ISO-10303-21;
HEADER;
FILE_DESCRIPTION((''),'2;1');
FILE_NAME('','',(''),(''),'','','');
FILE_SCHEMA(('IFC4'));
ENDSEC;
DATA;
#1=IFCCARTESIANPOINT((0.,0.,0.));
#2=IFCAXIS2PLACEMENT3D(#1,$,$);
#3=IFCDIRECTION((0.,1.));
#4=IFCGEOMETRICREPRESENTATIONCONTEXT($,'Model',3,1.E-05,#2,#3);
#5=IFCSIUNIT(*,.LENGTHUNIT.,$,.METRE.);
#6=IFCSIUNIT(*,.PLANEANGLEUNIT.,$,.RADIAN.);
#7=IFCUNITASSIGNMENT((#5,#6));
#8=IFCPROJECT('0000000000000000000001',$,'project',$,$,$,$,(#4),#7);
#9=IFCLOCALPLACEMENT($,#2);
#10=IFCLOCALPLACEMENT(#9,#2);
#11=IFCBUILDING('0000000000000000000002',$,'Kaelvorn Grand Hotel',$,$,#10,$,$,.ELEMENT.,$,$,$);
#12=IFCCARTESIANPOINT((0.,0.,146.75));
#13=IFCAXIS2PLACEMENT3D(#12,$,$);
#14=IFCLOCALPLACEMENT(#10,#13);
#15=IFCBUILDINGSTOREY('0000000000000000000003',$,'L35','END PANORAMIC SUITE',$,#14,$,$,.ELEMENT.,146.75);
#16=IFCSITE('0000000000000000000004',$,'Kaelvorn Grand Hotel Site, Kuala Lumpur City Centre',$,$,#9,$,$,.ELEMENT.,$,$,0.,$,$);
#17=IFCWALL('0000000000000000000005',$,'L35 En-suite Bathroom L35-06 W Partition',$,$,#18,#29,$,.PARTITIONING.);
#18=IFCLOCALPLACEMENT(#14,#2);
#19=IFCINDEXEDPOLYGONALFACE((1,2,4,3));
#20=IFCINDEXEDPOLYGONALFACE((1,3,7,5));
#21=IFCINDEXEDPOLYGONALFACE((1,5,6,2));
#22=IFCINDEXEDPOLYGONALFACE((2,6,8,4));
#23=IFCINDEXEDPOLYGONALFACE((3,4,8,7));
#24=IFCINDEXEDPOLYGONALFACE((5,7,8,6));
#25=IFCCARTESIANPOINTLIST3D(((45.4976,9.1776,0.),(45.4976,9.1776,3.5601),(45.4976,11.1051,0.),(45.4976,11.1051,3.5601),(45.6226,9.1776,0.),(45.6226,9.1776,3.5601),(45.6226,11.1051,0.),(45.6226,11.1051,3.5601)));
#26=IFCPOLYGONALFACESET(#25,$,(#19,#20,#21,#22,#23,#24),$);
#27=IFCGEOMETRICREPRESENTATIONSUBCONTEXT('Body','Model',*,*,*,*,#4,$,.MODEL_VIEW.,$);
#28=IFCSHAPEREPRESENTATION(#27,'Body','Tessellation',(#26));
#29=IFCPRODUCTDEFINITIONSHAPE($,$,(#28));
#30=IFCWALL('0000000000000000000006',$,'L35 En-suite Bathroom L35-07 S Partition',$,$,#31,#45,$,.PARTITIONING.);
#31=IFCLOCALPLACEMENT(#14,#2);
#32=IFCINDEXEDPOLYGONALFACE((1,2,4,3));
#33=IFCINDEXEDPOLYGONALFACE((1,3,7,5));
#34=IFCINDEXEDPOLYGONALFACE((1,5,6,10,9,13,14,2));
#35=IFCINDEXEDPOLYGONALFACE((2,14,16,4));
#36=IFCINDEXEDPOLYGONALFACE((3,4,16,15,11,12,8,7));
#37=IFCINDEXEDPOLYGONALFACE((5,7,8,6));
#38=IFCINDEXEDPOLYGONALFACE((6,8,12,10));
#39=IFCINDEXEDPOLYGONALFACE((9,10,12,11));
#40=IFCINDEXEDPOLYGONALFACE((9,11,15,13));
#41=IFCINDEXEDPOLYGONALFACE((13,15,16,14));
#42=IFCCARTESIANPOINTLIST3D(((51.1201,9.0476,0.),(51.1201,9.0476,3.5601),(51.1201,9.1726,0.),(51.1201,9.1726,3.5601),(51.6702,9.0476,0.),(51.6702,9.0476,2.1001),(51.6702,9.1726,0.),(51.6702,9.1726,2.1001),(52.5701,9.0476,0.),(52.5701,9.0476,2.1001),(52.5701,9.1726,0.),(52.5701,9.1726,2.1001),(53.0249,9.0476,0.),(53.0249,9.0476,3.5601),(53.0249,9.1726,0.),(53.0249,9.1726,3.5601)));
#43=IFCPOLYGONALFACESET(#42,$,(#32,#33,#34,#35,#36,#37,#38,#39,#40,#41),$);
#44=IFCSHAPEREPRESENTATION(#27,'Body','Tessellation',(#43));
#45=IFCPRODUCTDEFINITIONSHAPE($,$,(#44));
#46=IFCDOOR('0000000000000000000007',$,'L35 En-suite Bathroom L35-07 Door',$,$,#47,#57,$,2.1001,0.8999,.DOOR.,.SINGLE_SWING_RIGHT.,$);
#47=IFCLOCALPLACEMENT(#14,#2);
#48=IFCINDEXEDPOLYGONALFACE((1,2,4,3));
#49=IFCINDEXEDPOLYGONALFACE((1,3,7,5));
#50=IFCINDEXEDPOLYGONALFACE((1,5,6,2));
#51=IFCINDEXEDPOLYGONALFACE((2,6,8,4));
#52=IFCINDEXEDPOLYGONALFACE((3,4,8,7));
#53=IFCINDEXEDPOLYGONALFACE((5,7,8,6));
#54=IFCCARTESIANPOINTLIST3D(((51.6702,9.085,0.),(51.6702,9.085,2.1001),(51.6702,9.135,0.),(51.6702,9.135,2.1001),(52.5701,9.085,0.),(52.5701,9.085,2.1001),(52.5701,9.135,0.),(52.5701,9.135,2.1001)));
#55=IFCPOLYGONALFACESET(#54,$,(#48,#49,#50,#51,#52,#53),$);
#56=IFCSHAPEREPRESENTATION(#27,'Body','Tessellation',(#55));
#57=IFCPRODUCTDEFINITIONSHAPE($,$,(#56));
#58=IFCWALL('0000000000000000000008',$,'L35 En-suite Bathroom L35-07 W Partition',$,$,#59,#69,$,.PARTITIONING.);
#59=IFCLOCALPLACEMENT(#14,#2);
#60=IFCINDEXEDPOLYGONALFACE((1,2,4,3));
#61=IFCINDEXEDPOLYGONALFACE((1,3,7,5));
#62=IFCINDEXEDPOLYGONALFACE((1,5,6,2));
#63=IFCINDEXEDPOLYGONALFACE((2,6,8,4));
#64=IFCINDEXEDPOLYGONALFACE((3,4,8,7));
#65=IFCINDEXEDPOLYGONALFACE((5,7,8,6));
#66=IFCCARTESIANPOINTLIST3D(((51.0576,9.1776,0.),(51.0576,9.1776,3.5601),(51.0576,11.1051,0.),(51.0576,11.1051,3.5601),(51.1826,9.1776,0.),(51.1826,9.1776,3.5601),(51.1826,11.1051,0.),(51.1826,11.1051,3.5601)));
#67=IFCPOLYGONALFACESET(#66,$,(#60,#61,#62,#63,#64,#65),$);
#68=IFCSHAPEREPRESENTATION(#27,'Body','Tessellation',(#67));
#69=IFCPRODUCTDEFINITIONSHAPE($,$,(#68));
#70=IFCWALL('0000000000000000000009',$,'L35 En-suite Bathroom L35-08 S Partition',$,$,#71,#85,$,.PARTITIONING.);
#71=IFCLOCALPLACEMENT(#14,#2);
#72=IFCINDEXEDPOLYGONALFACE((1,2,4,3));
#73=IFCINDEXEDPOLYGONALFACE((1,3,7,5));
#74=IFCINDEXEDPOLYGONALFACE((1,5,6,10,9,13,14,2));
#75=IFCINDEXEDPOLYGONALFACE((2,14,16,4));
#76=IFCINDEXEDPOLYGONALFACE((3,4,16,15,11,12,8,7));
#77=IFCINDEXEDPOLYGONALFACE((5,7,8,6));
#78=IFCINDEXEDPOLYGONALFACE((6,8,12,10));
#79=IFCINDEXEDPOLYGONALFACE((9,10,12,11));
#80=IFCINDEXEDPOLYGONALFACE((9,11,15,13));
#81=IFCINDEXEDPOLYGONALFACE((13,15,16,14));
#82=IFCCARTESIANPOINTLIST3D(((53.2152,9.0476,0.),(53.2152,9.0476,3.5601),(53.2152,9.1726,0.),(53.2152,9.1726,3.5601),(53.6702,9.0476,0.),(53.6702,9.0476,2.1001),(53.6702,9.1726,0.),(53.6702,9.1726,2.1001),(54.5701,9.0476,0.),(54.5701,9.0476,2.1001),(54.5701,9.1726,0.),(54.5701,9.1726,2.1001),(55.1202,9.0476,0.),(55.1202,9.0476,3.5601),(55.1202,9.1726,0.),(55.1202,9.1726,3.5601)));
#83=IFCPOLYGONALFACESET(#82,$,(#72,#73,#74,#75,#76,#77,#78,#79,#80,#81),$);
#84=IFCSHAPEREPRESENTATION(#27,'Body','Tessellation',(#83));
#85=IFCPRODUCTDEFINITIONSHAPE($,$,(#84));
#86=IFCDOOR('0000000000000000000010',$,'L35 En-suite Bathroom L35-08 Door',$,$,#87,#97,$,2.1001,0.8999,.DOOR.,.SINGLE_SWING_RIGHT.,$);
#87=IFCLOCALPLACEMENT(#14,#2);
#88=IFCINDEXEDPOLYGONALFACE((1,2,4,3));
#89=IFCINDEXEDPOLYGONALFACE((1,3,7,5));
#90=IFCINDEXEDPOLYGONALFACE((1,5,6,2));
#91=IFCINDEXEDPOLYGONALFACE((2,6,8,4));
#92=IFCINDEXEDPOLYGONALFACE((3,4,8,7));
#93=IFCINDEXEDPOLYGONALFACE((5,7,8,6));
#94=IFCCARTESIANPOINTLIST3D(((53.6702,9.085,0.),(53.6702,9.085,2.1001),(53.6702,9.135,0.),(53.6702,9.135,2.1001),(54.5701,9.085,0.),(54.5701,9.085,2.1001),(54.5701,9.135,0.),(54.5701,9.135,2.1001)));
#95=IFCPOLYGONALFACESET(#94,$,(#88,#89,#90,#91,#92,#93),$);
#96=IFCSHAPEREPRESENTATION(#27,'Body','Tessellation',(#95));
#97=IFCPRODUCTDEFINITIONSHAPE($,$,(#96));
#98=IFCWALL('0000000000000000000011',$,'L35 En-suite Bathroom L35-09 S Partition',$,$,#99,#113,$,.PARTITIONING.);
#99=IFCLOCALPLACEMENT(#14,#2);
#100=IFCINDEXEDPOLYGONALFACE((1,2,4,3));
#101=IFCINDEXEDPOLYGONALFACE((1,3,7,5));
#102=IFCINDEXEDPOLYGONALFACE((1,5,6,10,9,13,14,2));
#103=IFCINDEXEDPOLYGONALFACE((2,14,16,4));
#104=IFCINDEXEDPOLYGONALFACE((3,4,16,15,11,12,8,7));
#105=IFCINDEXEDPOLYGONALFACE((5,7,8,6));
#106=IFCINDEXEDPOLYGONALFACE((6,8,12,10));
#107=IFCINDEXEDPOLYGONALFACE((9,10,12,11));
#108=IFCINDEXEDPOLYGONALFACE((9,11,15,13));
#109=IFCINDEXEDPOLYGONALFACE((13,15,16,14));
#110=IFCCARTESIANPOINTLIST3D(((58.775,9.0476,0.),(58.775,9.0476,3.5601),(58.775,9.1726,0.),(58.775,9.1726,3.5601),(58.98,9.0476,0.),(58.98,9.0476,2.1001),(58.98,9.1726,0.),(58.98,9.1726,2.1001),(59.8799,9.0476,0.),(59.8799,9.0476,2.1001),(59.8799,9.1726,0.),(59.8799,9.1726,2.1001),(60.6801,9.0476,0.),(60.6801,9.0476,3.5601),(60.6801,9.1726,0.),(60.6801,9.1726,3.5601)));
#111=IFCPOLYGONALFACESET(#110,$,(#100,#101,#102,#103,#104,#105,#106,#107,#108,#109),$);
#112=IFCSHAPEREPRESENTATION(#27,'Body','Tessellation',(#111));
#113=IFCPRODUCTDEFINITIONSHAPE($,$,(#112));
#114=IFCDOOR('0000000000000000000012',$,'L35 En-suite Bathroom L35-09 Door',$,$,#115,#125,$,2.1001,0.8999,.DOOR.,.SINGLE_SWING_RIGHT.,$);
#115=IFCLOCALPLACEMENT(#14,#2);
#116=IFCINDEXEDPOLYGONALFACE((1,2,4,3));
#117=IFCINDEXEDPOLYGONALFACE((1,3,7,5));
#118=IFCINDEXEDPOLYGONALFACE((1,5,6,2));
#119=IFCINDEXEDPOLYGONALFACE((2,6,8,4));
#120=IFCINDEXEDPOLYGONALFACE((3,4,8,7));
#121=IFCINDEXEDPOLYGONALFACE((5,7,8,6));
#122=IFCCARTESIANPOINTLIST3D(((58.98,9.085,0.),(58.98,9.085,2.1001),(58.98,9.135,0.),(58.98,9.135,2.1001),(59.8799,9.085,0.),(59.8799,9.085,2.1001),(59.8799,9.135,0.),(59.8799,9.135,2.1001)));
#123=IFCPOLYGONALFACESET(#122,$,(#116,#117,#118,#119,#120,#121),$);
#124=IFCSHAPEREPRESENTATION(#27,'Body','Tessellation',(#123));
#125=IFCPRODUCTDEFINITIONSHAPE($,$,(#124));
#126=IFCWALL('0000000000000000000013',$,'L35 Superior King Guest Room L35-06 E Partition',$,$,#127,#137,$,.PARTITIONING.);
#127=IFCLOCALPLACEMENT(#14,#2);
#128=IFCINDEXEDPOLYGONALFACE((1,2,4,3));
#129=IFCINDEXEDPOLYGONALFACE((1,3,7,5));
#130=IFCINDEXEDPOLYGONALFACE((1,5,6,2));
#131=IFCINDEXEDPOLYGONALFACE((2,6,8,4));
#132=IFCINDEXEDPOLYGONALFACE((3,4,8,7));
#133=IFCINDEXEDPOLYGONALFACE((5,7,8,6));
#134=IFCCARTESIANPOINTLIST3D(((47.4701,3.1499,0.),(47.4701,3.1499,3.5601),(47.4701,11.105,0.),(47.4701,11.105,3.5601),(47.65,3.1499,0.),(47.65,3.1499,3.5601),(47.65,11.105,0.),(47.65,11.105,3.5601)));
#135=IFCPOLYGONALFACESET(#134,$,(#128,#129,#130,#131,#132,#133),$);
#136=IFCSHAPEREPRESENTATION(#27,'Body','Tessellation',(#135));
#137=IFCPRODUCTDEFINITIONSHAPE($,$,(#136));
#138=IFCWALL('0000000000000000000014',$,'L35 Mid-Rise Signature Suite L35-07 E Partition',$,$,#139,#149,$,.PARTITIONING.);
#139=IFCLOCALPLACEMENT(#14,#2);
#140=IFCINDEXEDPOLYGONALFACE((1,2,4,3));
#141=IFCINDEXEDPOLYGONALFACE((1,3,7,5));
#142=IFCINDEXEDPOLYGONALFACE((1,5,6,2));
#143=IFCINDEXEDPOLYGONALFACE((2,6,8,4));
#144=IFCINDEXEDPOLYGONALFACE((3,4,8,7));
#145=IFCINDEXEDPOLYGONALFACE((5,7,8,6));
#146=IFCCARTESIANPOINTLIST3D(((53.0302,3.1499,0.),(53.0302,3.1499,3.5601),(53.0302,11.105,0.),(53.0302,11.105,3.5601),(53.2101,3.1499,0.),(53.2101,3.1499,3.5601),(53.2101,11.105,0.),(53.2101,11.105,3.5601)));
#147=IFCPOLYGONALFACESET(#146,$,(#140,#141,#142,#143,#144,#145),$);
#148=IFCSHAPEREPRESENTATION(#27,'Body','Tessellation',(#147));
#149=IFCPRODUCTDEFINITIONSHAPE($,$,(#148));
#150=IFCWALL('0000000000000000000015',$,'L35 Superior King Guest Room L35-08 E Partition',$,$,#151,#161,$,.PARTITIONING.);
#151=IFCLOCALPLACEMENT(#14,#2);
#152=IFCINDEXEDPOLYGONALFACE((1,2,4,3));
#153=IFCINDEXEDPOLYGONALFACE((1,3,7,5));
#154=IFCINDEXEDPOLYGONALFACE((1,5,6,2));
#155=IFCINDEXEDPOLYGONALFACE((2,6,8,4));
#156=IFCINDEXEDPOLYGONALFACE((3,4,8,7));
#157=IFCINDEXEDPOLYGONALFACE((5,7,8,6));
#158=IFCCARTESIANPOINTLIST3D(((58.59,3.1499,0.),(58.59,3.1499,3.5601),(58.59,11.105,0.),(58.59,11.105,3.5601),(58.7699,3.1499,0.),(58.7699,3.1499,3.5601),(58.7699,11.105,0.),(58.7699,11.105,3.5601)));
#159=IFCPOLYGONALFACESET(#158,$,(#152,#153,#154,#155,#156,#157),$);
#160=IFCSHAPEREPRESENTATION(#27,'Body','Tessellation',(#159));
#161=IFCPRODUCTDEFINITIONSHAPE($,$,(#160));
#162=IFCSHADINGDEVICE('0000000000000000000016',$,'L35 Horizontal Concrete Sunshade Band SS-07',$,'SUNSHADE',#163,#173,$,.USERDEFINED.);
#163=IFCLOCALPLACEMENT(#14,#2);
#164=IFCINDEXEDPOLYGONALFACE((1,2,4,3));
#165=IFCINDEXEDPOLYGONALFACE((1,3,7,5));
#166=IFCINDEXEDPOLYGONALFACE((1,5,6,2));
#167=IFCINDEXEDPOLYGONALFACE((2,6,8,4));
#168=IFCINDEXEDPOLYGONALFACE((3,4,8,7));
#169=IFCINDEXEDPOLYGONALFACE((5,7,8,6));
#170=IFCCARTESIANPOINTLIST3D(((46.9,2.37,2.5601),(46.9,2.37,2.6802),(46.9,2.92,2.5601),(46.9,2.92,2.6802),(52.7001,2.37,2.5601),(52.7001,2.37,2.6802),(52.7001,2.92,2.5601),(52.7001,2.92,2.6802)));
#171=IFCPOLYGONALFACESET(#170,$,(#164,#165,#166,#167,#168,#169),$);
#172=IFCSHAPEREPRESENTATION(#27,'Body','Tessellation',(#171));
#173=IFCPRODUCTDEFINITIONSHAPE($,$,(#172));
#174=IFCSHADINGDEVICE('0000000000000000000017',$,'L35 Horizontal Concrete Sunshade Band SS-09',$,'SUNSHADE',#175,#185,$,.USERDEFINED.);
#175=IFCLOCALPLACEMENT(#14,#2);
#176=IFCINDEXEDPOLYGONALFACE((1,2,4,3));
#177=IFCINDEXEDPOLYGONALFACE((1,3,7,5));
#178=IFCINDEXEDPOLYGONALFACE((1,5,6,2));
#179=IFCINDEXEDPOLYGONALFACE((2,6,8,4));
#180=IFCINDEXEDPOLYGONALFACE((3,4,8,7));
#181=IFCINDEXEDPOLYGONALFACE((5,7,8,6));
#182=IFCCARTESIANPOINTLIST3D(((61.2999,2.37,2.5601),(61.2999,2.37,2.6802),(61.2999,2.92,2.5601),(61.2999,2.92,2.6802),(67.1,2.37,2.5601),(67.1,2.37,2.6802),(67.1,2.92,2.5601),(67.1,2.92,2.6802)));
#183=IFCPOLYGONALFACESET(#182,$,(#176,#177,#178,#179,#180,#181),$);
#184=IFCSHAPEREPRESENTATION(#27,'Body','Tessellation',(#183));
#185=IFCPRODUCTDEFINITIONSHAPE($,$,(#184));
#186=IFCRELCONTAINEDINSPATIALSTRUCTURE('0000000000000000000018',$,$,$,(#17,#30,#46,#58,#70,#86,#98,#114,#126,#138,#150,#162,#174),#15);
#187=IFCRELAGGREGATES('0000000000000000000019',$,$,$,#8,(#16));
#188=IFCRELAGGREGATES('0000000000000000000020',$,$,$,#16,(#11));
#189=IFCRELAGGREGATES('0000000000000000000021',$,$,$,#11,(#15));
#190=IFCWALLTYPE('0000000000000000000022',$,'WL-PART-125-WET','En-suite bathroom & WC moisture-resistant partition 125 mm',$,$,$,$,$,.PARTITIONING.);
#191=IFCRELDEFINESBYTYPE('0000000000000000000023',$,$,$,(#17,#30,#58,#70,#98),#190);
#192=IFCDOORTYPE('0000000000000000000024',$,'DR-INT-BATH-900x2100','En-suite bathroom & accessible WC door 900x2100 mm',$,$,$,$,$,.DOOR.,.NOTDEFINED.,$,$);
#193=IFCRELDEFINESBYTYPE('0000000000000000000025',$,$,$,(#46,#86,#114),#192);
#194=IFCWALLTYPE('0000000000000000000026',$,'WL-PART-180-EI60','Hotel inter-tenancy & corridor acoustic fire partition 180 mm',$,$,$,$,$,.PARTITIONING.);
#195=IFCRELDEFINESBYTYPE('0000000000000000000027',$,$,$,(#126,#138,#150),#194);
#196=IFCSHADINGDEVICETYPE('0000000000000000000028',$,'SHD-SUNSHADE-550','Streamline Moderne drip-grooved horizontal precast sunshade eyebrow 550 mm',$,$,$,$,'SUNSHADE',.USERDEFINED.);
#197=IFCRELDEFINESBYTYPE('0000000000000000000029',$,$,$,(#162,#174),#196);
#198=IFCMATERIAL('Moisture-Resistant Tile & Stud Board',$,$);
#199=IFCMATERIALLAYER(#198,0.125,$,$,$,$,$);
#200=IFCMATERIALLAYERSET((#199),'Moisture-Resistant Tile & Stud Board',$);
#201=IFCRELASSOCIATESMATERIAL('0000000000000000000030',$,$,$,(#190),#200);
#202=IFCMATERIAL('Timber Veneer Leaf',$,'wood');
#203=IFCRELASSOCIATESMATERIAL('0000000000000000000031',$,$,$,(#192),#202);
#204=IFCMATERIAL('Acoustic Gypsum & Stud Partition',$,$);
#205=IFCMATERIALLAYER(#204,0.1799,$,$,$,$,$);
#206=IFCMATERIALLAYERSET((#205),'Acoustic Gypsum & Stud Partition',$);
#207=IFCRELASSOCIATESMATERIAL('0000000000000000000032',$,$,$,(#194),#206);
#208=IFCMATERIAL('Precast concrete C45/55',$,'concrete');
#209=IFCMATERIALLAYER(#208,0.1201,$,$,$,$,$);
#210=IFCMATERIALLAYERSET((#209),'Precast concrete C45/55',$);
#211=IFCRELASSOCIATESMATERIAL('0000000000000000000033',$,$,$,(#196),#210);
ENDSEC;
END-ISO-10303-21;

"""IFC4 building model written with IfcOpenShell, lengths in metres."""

from ifc_helpers import new_model, si_unit, direction, frame, frame_2d, origin, origin_2d, place, context, subcontext, project, spatial, rectangle, extrude, material, layer, layer_set, type_object, element, fill, save


model = new_model("IFC4")

# Units and contexts
model_context = context("Model", 3, precision=1e-05, world=origin(), true_north=direction((0.0, 1.0)))
body_context = subcontext(model_context, "Body", "Model", "MODEL_VIEW")
ifc_project = project(units=[si_unit("LENGTHUNIT", "METRE"), si_unit("PLANEANGLEUNIT", "RADIAN")], contexts=[model_context])

# Site, building, storey
site_placement = place(None, origin())
site = spatial("IfcSite", under=ifc_project, at=site_placement, Name="Kaelvorn Grand Hotel Site, Kuala Lumpur City Centre", CompositionType="ELEMENT", RefElevation=0.0)
building_placement = place(site_placement, origin())
building = spatial("IfcBuilding", under=site, at=building_placement, Name="Kaelvorn Grand Hotel", CompositionType="ELEMENT")
storey_placement = place(building_placement, frame((0.0, 0.0, 146.75)))
storey = spatial("IfcBuildingStorey", under=building, at=storey_placement, Name="L35", Description="END PANORAMIC SUITE", CompositionType="ELEMENT", Elevation=146.75)

# Shared definitions
ifc_material_1 = material(Name="Moisture-Resistant Tile & Stud Board")
ifc_layer_1 = layer(ifc_material_1, 0.125)
ifc_layer_set_1 = layer_set([ifc_layer_1], Name="Moisture-Resistant Tile & Stud Board")
wall_type_1 = type_object("IfcWallType", Name="WL-PART-125-WET", Description="En-suite bathroom & WC moisture-resistant partition 125 mm", PredefinedType="PARTITIONING", material=ifc_layer_set_1)
ifc_material_2 = material(Name="Timber Veneer Leaf", Category="wood")
door_type = type_object("IfcDoorType", Name="DR-INT-BATH-900x2100", Description="En-suite bathroom & accessible WC door 900x2100 mm", OperationType="NOTDEFINED", PredefinedType="DOOR", material=ifc_material_2)

# Wall
wall_1_placement = place(storey_placement, frame((45.5601, 9.1775, 0.0), z_axis=(0.0, 0.0, 1.0), x_axis=(0.0, 1.0, 0.0)))
element("IfcWall", 1, at=wall_1_placement, inside=storey, type_object=wall_type_1, Name="L35 En-suite Bathroom L35-06 W Partition", PredefinedType="PARTITIONING", context=body_context, shape_type="SweptSolid", body=[
    extrude(rectangle(XDim=1.9275, YDim=0.125, at=frame_2d((0.9639, 0.0))), origin(), (0.0, 0.0, 1.0), 3.5601),
])

# Wall, opening, door
wall_2_placement = place(storey_placement, frame((51.1201, 9.1101, 0.0), z_axis=(0.0, 0.0, 1.0), x_axis=(1.0, 0.0, 0.0)))
wall_2 = element("IfcWall", 2, at=wall_2_placement, inside=storey, type_object=wall_type_1, Name="L35 En-suite Bathroom L35-07 S Partition", PredefinedType="PARTITIONING", context=body_context, shape_type="SweptSolid", body=[
    extrude(rectangle(XDim=1.9048, YDim=0.125, at=frame_2d((0.9524, 0.0))), origin(), (0.0, 0.0, 1.0), 3.5601),
])
opening_1_placement = place(wall_2_placement, frame((0.55, 0.0, 0.0)))
opening_1 = element("IfcOpeningElement", 3, at=opening_1_placement, cuts=wall_2, PredefinedType="OPENING", context=body_context, shape_type="SweptSolid", body=[
    extrude(rectangle(XDim=0.8999, YDim=2.1001, at=frame_2d((0.45, 1.05))), frame((0.0, 0.0725, 0.0), z_axis=(0.0, -1.0, 0.0), x_axis=(1.0, 0.0, 0.0)), (0.0, 0.0, 1.0), 0.145),
])
door_1_placement = place(opening_1_placement, origin())
door_1 = element("IfcDoor", 4, at=door_1_placement, inside=storey, type_object=door_type, Name="L35 En-suite Bathroom L35-07 Door", OperationType="SINGLE_SWING_RIGHT", OverallHeight=2.1001, OverallWidth=0.8999, PredefinedType="DOOR", context=body_context, shape_type="SweptSolid", body=[
    extrude(rectangle(XDim=0.8999, YDim=2.1001, at=frame_2d((0.45, 1.05))), frame((0.0, 0.0249, 0.0), z_axis=(0.0, -1.0, 0.0), x_axis=(1.0, 0.0, 0.0)), (0.0, 0.0, 1.0), 0.05),
])
fill(opening_1, door_1)

# Wall
wall_3_placement = place(storey_placement, frame((51.1201, 9.1775, 0.0), z_axis=(0.0, 0.0, 1.0), x_axis=(0.0, 1.0, 0.0)))
element("IfcWall", 5, at=wall_3_placement, inside=storey, type_object=wall_type_1, Name="L35 En-suite Bathroom L35-07 W Partition", PredefinedType="PARTITIONING", context=body_context, shape_type="SweptSolid", body=[
    extrude(rectangle(XDim=1.9275, YDim=0.125, at=frame_2d((0.9639, 0.0))), origin(), (0.0, 0.0, 1.0), 3.5601),
])

# Walls, openings, doors
wall_4_placement = place(storey_placement, frame((53.2151, 9.1101, 0.0), z_axis=(0.0, 0.0, 1.0), x_axis=(1.0, 0.0, 0.0)))
wall_4 = element("IfcWall", 6, at=wall_4_placement, inside=storey, type_object=wall_type_1, Name="L35 En-suite Bathroom L35-08 S Partition", PredefinedType="PARTITIONING", context=body_context, shape_type="SweptSolid", body=[
    extrude(rectangle(XDim=1.905, YDim=0.125, at=frame_2d((0.9526, 0.0))), origin(), (0.0, 0.0, 1.0), 3.5601),
])
opening_2_placement = place(wall_4_placement, frame((0.4551, 0.0, 0.0)))
opening_2 = element("IfcOpeningElement", 7, at=opening_2_placement, cuts=wall_4, PredefinedType="OPENING", context=body_context, shape_type="SweptSolid", body=[
    extrude(rectangle(XDim=0.8999, YDim=2.1001, at=frame_2d((0.45, 1.05))), frame((0.0, 0.0725, 0.0), z_axis=(0.0, -1.0, 0.0), x_axis=(1.0, 0.0, 0.0)), (0.0, 0.0, 1.0), 0.145),
])
door_2_placement = place(opening_2_placement, origin())
door_2 = element("IfcDoor", 8, at=door_2_placement, inside=storey, type_object=door_type, Name="L35 En-suite Bathroom L35-08 Door", OperationType="SINGLE_SWING_RIGHT", OverallHeight=2.1001, OverallWidth=0.8999, PredefinedType="DOOR", context=body_context, shape_type="SweptSolid", body=[
    extrude(rectangle(XDim=0.8999, YDim=2.1001, at=frame_2d((0.45, 1.05))), frame((0.0, 0.0249, 0.0), z_axis=(0.0, -1.0, 0.0), x_axis=(1.0, 0.0, 0.0)), (0.0, 0.0, 1.0), 0.05),
])
fill(opening_2, door_2)
wall_5_placement = place(storey_placement, frame((58.7749, 9.1101, 0.0), z_axis=(0.0, 0.0, 1.0), x_axis=(1.0, 0.0, 0.0)))
wall_5 = element("IfcWall", 9, at=wall_5_placement, inside=storey, type_object=wall_type_1, Name="L35 En-suite Bathroom L35-09 S Partition", PredefinedType="PARTITIONING", context=body_context, shape_type="SweptSolid", body=[
    extrude(rectangle(XDim=1.905, YDim=0.125, at=frame_2d((0.9526, 0.0))), origin(), (0.0, 0.0, 1.0), 3.5601),
])
opening_3_placement = place(wall_5_placement, frame((0.2051, 0.0, 0.0)))
opening_3 = element("IfcOpeningElement", 10, at=opening_3_placement, cuts=wall_5, PredefinedType="OPENING", context=body_context, shape_type="SweptSolid", body=[
    extrude(rectangle(XDim=0.8999, YDim=2.1001, at=frame_2d((0.45, 1.05))), frame((0.0, 0.0725, 0.0), z_axis=(0.0, -1.0, 0.0), x_axis=(1.0, 0.0, 0.0)), (0.0, 0.0, 1.0), 0.145),
])
door_3_placement = place(opening_3_placement, origin())
door_3 = element("IfcDoor", 11, at=door_3_placement, inside=storey, type_object=door_type, Name="L35 En-suite Bathroom L35-09 Door", OperationType="SINGLE_SWING_RIGHT", OverallHeight=2.1001, OverallWidth=0.8999, PredefinedType="DOOR", context=body_context, shape_type="SweptSolid", body=[
    extrude(rectangle(XDim=0.8999, YDim=2.1001, at=frame_2d((0.45, 1.05))), frame((0.0, 0.0249, 0.0), z_axis=(0.0, -1.0, 0.0), x_axis=(1.0, 0.0, 0.0)), (0.0, 0.0, 1.0), 0.05),
])
fill(opening_3, door_3)

# Walls
ifc_material_3 = material(Name="Acoustic Gypsum & Stud Partition")
ifc_layer_2 = layer(ifc_material_3, 0.1799)
ifc_layer_set_2 = layer_set([ifc_layer_2], Name="Acoustic Gypsum & Stud Partition")
wall_type_2 = type_object("IfcWallType", Name="WL-PART-180-EI60", Description="Hotel inter-tenancy & corridor acoustic fire partition 180 mm", PredefinedType="PARTITIONING", material=ifc_layer_set_2)
for number, where, z_axis, x_axis, name in (
    (12, (47.5601, 3.1499, 0.0), (0.0, 0.0, 1.0), (0.0, 1.0, 0.0), "L35 Superior King Guest Room L35-06 E Partition"),
    (13, (53.1201, 3.1499, 0.0), (0.0, 0.0, 1.0), (0.0, 1.0, 0.0), "L35 Mid-Rise Signature Suite L35-07 E Partition"),
    (14, (58.6799, 3.1499, 0.0), (0.0, 0.0, 1.0), (0.0, 1.0, 0.0), "L35 Superior King Guest Room L35-08 E Partition"),
):
    element("IfcWall", number, at=place(storey_placement, frame(where, z_axis=z_axis, x_axis=x_axis)), inside=storey, type_object=wall_type_2, Name=name, PredefinedType="PARTITIONING", context=body_context, shape_type="SweptSolid", body=[
        extrude(rectangle(XDim=7.9551, YDim=0.1799, at=frame_2d((3.9775, 0.0))), origin(), (0.0, 0.0, 1.0), 3.5601),
    ])

# Shading devices
ifc_material_4 = material(Name="Precast concrete C45/55", Category="concrete")
ifc_layer_3 = layer(ifc_material_4, 0.1201)
ifc_layer_set_3 = layer_set([ifc_layer_3], Name="Precast concrete C45/55")
shading_device_type_1 = type_object("IfcShadingDeviceType", Name="SHD-SUNSHADE-550", Description="Streamline Moderne drip-grooved horizontal precast sunshade eyebrow 550 mm", ElementType="SUNSHADE", PredefinedType="USERDEFINED", material=ifc_layer_set_3)
for number, where, z_axis, x_axis, name in (
    (15, (49.8, 2.645, 2.5601), (0.0, 0.0, 1.0), (1.0, 0.0, 0.0), "L35 Horizontal Concrete Sunshade Band SS-07"),
    (16, (64.2, 2.645, 2.5601), (0.0, 0.0, 1.0), (1.0, 0.0, 0.0), "L35 Horizontal Concrete Sunshade Band SS-09"),
):
    element("IfcShadingDevice", number, at=place(storey_placement, frame(where, z_axis=z_axis, x_axis=x_axis)), inside=storey, type_object=shading_device_type_1, Name=name, ObjectType="SUNSHADE", PredefinedType="USERDEFINED", context=body_context, shape_type="SweptSolid", body=[
        extrude(rectangle(XDim=5.8, YDim=0.55, at=origin_2d()), origin(), (0.0, 0.0, 1.0), 0.1201),
    ])

save(model, "model.ifc")
